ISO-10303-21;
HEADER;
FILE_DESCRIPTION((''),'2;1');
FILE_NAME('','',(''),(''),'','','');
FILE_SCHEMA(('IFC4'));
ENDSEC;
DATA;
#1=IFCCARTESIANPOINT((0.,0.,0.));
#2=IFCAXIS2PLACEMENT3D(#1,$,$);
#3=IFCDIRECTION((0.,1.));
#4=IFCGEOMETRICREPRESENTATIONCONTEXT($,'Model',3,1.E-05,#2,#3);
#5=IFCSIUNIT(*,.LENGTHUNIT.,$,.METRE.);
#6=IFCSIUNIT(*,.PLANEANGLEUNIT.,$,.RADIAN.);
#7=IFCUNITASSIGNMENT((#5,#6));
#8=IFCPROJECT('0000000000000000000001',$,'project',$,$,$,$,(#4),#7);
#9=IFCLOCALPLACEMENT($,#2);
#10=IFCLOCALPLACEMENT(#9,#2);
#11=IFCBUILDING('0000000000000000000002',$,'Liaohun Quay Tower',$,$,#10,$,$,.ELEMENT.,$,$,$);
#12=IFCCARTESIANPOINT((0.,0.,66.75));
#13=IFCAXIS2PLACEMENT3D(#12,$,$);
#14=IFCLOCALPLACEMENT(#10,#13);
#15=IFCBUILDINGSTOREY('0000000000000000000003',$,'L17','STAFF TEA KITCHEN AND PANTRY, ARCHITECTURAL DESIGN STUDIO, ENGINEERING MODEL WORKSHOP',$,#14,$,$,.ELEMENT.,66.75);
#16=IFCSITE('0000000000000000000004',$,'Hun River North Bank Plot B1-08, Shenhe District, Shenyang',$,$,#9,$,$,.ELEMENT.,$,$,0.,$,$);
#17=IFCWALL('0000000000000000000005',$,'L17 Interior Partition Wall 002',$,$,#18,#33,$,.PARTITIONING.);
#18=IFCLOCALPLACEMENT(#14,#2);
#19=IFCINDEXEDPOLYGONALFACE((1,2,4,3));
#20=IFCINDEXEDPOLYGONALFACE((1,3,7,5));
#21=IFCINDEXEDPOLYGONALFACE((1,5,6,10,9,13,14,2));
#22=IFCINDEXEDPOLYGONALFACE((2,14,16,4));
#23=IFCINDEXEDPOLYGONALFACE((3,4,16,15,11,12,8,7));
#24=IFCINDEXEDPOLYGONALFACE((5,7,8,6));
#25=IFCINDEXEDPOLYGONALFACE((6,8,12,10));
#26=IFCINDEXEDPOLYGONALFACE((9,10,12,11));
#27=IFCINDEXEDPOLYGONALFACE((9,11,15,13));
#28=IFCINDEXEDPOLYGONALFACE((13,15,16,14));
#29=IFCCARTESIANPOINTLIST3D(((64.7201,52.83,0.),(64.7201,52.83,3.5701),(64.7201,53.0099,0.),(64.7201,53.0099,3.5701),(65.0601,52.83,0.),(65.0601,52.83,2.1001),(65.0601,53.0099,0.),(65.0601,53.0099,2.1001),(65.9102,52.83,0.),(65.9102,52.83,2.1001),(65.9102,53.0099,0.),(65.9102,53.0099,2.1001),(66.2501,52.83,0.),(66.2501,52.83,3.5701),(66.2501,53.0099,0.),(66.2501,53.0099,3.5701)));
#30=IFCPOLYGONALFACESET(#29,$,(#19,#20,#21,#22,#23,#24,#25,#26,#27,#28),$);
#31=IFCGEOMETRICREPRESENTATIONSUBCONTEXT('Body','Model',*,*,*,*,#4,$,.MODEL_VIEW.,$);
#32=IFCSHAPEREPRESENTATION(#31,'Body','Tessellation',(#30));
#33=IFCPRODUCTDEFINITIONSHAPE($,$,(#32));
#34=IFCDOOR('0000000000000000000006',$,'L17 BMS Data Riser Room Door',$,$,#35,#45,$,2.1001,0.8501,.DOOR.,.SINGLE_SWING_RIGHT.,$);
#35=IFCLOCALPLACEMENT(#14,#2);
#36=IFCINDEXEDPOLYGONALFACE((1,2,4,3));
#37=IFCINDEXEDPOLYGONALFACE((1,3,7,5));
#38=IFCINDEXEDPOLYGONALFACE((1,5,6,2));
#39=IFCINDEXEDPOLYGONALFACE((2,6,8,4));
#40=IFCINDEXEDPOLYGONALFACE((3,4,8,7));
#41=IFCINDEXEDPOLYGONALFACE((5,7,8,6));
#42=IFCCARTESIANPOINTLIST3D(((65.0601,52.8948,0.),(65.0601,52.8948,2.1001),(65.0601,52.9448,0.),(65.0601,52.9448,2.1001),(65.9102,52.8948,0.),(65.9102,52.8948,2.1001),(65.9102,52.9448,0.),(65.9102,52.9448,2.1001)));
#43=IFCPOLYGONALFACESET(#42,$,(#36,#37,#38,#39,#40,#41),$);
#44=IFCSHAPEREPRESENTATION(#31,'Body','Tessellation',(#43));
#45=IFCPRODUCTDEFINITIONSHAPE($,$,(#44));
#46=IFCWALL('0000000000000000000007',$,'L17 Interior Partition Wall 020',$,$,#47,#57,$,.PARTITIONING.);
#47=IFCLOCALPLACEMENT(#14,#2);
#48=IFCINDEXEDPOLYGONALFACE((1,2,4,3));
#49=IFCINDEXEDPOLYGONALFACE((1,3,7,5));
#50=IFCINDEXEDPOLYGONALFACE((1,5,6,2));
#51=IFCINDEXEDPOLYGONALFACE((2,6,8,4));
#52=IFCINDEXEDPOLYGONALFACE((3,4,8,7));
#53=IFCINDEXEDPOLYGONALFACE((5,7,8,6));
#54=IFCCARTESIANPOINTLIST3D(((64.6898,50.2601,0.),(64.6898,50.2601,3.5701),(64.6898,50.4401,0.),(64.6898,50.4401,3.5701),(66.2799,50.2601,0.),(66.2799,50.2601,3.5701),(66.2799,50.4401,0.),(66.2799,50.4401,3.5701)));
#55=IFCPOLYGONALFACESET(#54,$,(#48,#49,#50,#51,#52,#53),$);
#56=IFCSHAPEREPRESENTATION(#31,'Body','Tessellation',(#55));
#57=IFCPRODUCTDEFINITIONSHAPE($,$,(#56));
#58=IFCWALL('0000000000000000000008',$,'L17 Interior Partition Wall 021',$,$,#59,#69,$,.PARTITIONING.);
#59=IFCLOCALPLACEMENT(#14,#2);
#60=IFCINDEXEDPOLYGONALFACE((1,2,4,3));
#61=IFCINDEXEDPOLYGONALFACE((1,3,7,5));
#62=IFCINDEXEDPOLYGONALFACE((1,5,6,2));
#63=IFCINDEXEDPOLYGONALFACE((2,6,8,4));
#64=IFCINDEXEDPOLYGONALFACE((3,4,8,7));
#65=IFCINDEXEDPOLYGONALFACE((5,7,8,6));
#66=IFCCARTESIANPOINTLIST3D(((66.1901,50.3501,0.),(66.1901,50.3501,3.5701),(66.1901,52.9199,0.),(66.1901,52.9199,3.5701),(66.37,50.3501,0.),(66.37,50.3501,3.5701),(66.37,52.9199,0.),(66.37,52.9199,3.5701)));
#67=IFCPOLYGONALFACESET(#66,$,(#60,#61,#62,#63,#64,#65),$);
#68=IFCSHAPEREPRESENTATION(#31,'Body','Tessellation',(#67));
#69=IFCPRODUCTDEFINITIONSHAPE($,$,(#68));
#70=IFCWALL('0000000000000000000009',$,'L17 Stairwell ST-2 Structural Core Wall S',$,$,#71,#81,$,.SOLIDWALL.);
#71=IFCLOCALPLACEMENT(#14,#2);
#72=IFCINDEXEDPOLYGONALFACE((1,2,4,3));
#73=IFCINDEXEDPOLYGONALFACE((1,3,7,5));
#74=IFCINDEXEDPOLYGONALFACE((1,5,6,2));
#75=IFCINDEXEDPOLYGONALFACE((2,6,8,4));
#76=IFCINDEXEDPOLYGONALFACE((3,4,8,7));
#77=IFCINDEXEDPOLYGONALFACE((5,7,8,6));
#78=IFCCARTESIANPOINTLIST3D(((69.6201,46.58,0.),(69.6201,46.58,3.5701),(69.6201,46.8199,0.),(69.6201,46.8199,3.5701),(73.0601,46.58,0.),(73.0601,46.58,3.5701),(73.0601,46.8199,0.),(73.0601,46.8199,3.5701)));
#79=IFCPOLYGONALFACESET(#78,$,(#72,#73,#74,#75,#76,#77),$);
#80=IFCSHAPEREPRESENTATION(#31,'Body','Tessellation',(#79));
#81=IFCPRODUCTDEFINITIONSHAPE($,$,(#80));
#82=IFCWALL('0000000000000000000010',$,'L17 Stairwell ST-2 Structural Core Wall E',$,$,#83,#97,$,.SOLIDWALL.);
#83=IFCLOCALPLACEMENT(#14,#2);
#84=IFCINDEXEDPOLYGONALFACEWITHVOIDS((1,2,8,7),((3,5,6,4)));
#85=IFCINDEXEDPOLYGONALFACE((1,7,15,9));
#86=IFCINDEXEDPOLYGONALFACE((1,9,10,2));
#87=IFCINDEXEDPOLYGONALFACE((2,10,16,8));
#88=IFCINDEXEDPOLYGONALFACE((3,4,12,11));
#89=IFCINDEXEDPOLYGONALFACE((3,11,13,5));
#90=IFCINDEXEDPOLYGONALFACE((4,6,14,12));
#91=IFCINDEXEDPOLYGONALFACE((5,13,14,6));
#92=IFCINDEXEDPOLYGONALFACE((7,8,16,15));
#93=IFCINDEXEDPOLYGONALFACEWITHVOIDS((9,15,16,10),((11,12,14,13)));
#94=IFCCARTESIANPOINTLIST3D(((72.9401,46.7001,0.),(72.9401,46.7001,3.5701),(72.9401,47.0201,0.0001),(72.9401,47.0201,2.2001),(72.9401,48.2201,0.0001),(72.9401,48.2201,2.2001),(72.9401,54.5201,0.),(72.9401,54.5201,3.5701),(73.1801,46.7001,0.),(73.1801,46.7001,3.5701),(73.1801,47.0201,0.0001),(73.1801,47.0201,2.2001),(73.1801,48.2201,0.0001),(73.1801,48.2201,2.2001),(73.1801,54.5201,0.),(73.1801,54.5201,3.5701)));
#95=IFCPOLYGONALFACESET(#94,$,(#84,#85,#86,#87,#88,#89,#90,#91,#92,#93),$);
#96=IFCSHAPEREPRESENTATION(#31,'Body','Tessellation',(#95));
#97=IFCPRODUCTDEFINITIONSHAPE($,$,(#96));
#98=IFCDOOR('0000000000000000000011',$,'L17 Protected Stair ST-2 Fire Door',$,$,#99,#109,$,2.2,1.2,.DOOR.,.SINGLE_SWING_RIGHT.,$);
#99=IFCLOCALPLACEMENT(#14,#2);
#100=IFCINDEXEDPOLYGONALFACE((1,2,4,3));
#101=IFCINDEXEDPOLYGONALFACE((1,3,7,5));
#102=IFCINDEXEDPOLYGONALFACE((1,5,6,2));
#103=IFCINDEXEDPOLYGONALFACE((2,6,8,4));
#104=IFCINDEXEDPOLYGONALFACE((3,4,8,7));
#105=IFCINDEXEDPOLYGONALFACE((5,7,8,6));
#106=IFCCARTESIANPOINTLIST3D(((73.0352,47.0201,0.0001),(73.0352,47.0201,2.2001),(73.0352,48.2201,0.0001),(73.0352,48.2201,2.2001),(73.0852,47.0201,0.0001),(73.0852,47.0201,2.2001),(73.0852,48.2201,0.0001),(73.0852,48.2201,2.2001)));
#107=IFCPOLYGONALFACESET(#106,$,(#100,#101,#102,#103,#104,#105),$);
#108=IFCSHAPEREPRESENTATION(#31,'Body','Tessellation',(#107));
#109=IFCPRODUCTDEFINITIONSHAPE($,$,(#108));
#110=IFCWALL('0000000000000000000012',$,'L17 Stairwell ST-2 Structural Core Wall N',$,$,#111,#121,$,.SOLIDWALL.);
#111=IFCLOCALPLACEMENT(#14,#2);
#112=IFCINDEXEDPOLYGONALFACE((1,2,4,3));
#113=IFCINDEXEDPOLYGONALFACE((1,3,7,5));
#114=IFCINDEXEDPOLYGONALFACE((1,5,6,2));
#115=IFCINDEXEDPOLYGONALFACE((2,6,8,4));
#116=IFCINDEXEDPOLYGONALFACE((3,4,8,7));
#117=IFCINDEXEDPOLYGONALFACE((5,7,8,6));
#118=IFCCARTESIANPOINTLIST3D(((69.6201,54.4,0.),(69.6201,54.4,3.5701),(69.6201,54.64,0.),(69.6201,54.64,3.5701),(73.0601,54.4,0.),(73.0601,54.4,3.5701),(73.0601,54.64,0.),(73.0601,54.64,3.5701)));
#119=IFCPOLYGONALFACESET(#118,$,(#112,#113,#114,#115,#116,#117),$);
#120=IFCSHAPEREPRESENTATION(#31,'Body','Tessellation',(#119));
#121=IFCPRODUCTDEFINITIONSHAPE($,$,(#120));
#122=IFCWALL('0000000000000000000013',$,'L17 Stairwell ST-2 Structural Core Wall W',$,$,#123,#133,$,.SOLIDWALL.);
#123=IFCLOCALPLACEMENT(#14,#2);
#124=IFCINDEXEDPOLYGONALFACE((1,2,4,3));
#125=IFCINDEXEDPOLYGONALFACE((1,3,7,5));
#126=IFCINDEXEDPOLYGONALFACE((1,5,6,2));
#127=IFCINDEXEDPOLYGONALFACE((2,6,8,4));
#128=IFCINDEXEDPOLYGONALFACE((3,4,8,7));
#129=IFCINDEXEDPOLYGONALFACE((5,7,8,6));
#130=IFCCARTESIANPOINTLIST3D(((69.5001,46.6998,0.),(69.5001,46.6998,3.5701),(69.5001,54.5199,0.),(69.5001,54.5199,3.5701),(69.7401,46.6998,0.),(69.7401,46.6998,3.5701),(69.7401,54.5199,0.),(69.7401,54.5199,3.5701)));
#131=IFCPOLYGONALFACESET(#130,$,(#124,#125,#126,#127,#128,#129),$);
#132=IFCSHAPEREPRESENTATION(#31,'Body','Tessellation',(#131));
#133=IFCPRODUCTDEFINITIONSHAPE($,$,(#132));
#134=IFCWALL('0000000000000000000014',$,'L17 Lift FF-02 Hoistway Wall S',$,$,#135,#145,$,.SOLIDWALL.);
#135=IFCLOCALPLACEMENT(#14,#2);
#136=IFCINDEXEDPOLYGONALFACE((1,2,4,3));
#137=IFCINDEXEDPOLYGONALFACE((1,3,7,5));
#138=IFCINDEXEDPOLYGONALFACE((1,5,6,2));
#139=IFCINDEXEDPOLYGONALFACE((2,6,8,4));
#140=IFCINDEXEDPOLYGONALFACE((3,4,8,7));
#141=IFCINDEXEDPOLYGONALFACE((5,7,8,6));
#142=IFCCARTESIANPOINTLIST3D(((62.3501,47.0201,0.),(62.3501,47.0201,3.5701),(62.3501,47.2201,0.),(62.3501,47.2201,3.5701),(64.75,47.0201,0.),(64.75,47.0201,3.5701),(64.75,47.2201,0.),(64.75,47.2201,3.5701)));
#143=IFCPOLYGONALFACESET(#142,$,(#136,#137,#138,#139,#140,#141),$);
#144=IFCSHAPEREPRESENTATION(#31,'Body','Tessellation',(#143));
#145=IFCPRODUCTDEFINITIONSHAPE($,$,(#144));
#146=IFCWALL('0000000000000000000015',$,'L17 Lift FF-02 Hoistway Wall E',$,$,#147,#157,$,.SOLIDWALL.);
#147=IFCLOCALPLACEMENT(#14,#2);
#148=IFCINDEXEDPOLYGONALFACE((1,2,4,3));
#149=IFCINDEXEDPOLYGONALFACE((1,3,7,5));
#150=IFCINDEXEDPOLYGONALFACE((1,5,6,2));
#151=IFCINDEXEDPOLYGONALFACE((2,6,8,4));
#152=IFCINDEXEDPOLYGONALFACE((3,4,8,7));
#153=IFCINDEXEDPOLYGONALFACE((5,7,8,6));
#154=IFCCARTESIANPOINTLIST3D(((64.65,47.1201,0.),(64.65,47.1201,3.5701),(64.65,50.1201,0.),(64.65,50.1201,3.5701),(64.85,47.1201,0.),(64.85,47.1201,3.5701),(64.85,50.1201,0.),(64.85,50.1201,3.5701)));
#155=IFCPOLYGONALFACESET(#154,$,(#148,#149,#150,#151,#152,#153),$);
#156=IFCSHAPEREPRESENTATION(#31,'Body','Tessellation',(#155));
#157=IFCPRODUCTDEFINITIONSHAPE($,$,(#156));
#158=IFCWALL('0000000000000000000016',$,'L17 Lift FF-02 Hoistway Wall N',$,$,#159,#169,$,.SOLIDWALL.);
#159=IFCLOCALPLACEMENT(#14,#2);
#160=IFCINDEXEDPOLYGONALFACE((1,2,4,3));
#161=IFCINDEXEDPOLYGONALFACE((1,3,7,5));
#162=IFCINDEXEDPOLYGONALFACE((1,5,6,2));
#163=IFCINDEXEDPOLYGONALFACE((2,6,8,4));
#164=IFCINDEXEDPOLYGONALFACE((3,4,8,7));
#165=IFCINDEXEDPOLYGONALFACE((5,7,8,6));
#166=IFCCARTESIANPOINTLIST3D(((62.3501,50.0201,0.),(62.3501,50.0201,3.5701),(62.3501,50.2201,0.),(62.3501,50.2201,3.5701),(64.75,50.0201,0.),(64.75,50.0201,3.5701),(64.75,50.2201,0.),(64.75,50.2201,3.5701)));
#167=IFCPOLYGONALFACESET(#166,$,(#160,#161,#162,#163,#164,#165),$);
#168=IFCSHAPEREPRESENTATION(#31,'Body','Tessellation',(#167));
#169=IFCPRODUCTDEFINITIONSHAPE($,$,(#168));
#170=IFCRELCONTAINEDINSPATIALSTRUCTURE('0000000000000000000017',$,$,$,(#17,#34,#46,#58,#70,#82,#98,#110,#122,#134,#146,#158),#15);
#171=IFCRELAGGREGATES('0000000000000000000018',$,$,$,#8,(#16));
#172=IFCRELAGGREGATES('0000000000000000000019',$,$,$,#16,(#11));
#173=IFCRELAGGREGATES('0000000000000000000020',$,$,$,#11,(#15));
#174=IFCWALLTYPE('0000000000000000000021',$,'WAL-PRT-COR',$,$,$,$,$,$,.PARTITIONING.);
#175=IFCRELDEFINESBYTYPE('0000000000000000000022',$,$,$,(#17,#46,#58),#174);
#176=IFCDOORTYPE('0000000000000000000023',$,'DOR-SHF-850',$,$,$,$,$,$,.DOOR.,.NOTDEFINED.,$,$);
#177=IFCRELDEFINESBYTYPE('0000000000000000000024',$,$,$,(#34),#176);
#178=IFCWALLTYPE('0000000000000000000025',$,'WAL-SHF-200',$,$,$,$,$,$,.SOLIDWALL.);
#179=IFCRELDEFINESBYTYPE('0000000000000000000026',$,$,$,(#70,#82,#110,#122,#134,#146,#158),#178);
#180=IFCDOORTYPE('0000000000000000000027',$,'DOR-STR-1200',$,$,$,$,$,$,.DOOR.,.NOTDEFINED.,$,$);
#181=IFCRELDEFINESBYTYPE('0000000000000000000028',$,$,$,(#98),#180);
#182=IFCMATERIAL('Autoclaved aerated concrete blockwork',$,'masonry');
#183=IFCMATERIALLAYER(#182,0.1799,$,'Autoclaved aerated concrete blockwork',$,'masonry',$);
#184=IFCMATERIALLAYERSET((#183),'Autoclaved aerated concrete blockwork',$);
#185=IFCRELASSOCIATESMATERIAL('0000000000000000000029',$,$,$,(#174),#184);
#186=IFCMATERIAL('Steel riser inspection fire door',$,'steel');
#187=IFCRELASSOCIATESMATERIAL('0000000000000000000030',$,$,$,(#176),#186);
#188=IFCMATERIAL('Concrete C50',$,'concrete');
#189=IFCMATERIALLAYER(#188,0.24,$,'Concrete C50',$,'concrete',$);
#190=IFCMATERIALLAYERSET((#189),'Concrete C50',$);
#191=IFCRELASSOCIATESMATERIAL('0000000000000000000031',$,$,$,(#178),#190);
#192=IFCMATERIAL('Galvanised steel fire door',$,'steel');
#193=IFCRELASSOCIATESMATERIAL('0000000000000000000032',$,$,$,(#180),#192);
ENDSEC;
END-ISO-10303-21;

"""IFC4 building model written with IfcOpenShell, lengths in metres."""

from ifc_helpers import new_model, si_unit, direction, frame, frame_2d, origin, place, context, subcontext, project, spatial, rectangle, extrude, source, transform, mapped, material, layer, layer_set, type_object, element, fill, save


model = new_model("IFC4")

# Units and contexts
model_context = context("Model", 3, precision=1e-05, world=origin(), true_north=direction((0.0, 1.0)))
body_context = subcontext(model_context, "Body", "Model", "MODEL_VIEW")
ifc_project = project(units=[si_unit("LENGTHUNIT", "METRE"), si_unit("PLANEANGLEUNIT", "RADIAN")], contexts=[model_context])

# Site, building, storey
site_placement = place(None, origin())
site = spatial("IfcSite", under=ifc_project, at=site_placement, Name="Hun River North Bank Plot B1-08, Shenhe District, Shenyang", CompositionType="ELEMENT", RefElevation=0.0)
building_placement = place(site_placement, origin())
building = spatial("IfcBuilding", under=site, at=building_placement, Name="Liaohun Quay Tower", CompositionType="ELEMENT")
storey_placement = place(building_placement, frame((0.0, 0.0, 66.75)))
storey = spatial("IfcBuildingStorey", under=building, at=storey_placement, Name="L17", Description="STAFF TEA KITCHEN AND PANTRY, ARCHITECTURAL DESIGN STUDIO, ENGINEERING MODEL WORKSHOP", CompositionType="ELEMENT", Elevation=66.75)

# Wall, opening, door
ifc_material_1 = material(Name="Autoclaved aerated concrete blockwork", Category="masonry")
ifc_layer_1 = layer(ifc_material_1, 0.1799, Name="Autoclaved aerated concrete blockwork", Category="masonry")
ifc_layer_set_1 = layer_set([ifc_layer_1], Name="Autoclaved aerated concrete blockwork")
wall_type_1 = type_object("IfcWallType", Name="WAL-PRT-COR", PredefinedType="PARTITIONING", material=ifc_layer_set_1)
wall_1_placement = place(storey_placement, frame((64.72, 52.9199, 0.0), z_axis=(0.0, 0.0, 1.0), x_axis=(1.0, 0.0, 0.0)))
wall_1 = element("IfcWall", 1, at=wall_1_placement, inside=storey, type_object=wall_type_1, Name="L17 Interior Partition Wall 002", PredefinedType="PARTITIONING", context=body_context, shape_type="SweptSolid", body=[
    extrude(rectangle(XDim=1.53, YDim=0.1799, at=frame_2d((0.7651, 0.0))), origin(), (0.0, 0.0, 1.0), 3.5701),
])
shared_shape_1 = source(origin(), body_context, "Body", "SweptSolid", [
    extrude(rectangle(XDim=0.8501, YDim=2.1001, at=frame_2d((0.425, 1.05))), frame((0.0, 0.0999, 0.0), z_axis=(0.0, -1.0, 0.0), x_axis=(1.0, 0.0, 0.0)), (0.0, 0.0, 1.0), 0.2),
])
opening_1_placement = place(wall_1_placement, frame((0.3401, 0.0, 0.0)))
opening_1 = element("IfcOpeningElement", 2, at=opening_1_placement, cuts=wall_1, PredefinedType="OPENING", context=body_context, shape_type="MappedRepresentation", body=[
    mapped(shared_shape_1, transform((0.0, 0.0, 0.0), x_axis=(1.0, 0.0, 0.0), y_axis=(0.0, 1.0, 0.0), z_axis=(0.0, 0.0, 1.0), scale=1.0)),
])
ifc_material_2 = material(Name="Steel riser inspection fire door", Category="steel")
door_type_1 = type_object("IfcDoorType", Name="DOR-SHF-850", OperationType="NOTDEFINED", PredefinedType="DOOR", material=ifc_material_2)
shared_shape_2 = source(origin(), body_context, "Body", "SweptSolid", [
    extrude(rectangle(XDim=0.8501, YDim=2.1001, at=frame_2d((0.425, 1.05))), frame((0.0, 0.0249, 0.0), z_axis=(0.0, -1.0, 0.0), x_axis=(1.0, 0.0, 0.0)), (0.0, 0.0, 1.0), 0.05),
])
door_1_placement = place(opening_1_placement, origin())
door_1 = element("IfcDoor", 3, at=door_1_placement, inside=storey, type_object=door_type_1, Name="L17 BMS Data Riser Room Door", OperationType="SINGLE_SWING_RIGHT", OverallHeight=2.1001, OverallWidth=0.8501, PredefinedType="DOOR", context=body_context, shape_type="MappedRepresentation", body=[
    mapped(shared_shape_2, transform((0.0, 0.0, 0.0), x_axis=(1.0, 0.0, 0.0), y_axis=(0.0, 1.0, 0.0), z_axis=(0.0, 0.0, 1.0), scale=1.0)),
])
fill(opening_1, door_1)

# Walls
wall_2_placement = place(storey_placement, frame((64.6899, 50.3501, 0.0), z_axis=(0.0, 0.0, 1.0), x_axis=(1.0, 0.0, 0.0)))
element("IfcWall", 4, at=wall_2_placement, inside=storey, type_object=wall_type_1, Name="L17 Interior Partition Wall 020", PredefinedType="PARTITIONING", context=body_context, shape_type="SweptSolid", body=[
    extrude(rectangle(XDim=1.5901, YDim=0.1799, at=frame_2d((0.7949, 0.0))), origin(), (0.0, 0.0, 1.0), 3.5701),
])
wall_3_placement = place(storey_placement, frame((66.28, 50.3501, 0.0), z_axis=(0.0, 0.0, 1.0), x_axis=(0.0, 1.0, 0.0)))
element("IfcWall", 5, at=wall_3_placement, inside=storey, type_object=wall_type_1, Name="L17 Interior Partition Wall 021", PredefinedType="PARTITIONING", context=body_context, shape_type="SweptSolid", body=[
    extrude(rectangle(XDim=2.5698, YDim=0.1799, at=frame_2d((1.2849, 0.0))), origin(), (0.0, 0.0, 1.0), 3.5701),
])
ifc_material_3 = material(Name="Concrete C50", Category="concrete")
ifc_layer_2 = layer(ifc_material_3, 0.24, Name="Concrete C50", Category="concrete")
ifc_layer_set_2 = layer_set([ifc_layer_2], Name="Concrete C50")
wall_type_2 = type_object("IfcWallType", Name="WAL-SHF-200", PredefinedType="SOLIDWALL", material=ifc_layer_set_2)
wall_4_placement = place(storey_placement, frame((69.6201, 46.7, 0.0), z_axis=(0.0, 0.0, 1.0), x_axis=(1.0, 0.0, 0.0)))
element("IfcWall", 6, at=wall_4_placement, inside=storey, type_object=wall_type_2, Name="L17 Stairwell ST-2 Structural Core Wall S", PredefinedType="SOLIDWALL", context=body_context, shape_type="SweptSolid", body=[
    extrude(rectangle(XDim=3.4399, YDim=0.24, at=frame_2d((1.72, 0.0))), origin(), (0.0, 0.0, 1.0), 3.5701),
])

# Wall, opening, door
wall_5_placement = place(storey_placement, frame((73.0601, 46.7, 0.0), z_axis=(0.0, 0.0, 1.0), x_axis=(0.0, 1.0, 0.0)))
wall_5 = element("IfcWall", 7, at=wall_5_placement, inside=storey, type_object=wall_type_2, Name="L17 Stairwell ST-2 Structural Core Wall E", PredefinedType="SOLIDWALL", context=body_context, shape_type="SweptSolid", body=[
    extrude(rectangle(XDim=7.8201, YDim=0.24, at=frame_2d((3.9102, 0.0))), origin(), (0.0, 0.0, 1.0), 3.5701),
])
shared_shape_3 = source(origin(), body_context, "Body", "SweptSolid", [
    extrude(rectangle(XDim=1.2, YDim=2.2, at=frame_2d((0.6001, 1.1001))), frame((0.0, 0.1299, 0.0), z_axis=(0.0, -1.0, 0.0), x_axis=(1.0, 0.0, 0.0)), (0.0, 0.0, 1.0), 0.26),
])
opening_2_placement = place(wall_5_placement, frame((0.3201, 0.0, 0.0)))
opening_2 = element("IfcOpeningElement", 8, at=opening_2_placement, cuts=wall_5, PredefinedType="OPENING", context=body_context, shape_type="MappedRepresentation", body=[
    mapped(shared_shape_3, transform((0.0, 0.0, 0.0), x_axis=(1.0, 0.0, 0.0), y_axis=(0.0, 1.0, 0.0), z_axis=(0.0, 0.0, 1.0), scale=1.0)),
])
ifc_material_4 = material(Name="Galvanised steel fire door", Category="steel")
door_type_2 = type_object("IfcDoorType", Name="DOR-STR-1200", OperationType="NOTDEFINED", PredefinedType="DOOR", material=ifc_material_4)
shared_shape_4 = source(origin(), body_context, "Body", "SweptSolid", [
    extrude(rectangle(XDim=1.2, YDim=2.2, at=frame_2d((0.6001, 1.1001))), frame((0.0, 0.0249, 0.0), z_axis=(0.0, -1.0, 0.0), x_axis=(1.0, 0.0, 0.0)), (0.0, 0.0, 1.0), 0.05),
])
door_2_placement = place(opening_2_placement, origin())
door_2 = element("IfcDoor", 9, at=door_2_placement, inside=storey, type_object=door_type_2, Name="L17 Protected Stair ST-2 Fire Door", OperationType="SINGLE_SWING_RIGHT", OverallHeight=2.2, OverallWidth=1.2, PredefinedType="DOOR", context=body_context, shape_type="MappedRepresentation", body=[
    mapped(shared_shape_4, transform((0.0, 0.0, 0.0), x_axis=(1.0, 0.0, 0.0), y_axis=(0.0, 1.0, 0.0), z_axis=(0.0, 0.0, 1.0), scale=1.0)),
])
fill(opening_2, door_2)

# Walls
wall_6_placement = place(storey_placement, frame((73.0601, 54.52, 0.0), z_axis=(0.0, 0.0, 1.0), x_axis=(-1.0, 0.0, 0.0)))
element("IfcWall", 10, at=wall_6_placement, inside=storey, type_object=wall_type_2, Name="L17 Stairwell ST-2 Structural Core Wall N", PredefinedType="SOLIDWALL", context=body_context, shape_type="SweptSolid", body=[
    extrude(rectangle(XDim=3.4399, YDim=0.24, at=frame_2d((1.72, 0.0))), origin(), (0.0, 0.0, 1.0), 3.5701),
])
wall_7_placement = place(storey_placement, frame((69.6201, 54.52, 0.0), z_axis=(0.0, 0.0, 1.0), x_axis=(0.0, -1.0, 0.0)))
element("IfcWall", 11, at=wall_7_placement, inside=storey, type_object=wall_type_2, Name="L17 Stairwell ST-2 Structural Core Wall W", PredefinedType="SOLIDWALL", context=body_context, shape_type="SweptSolid", body=[
    extrude(rectangle(XDim=7.8201, YDim=0.24, at=frame_2d((3.9102, 0.0))), origin(), (0.0, 0.0, 1.0), 3.5701),
])
wall_8_placement = place(storey_placement, frame((62.3501, 47.1201, 0.0), z_axis=(0.0, 0.0, 1.0), x_axis=(1.0, 0.0, 0.0)))
element("IfcWall", 12, at=wall_8_placement, inside=storey, type_object=wall_type_2, Name="L17 Lift FF-02 Hoistway Wall S", PredefinedType="SOLIDWALL", context=body_context, shape_type="SweptSolid", body=[
    extrude(rectangle(XDim=2.3999, YDim=0.2, at=frame_2d((1.2, 0.0))), origin(), (0.0, 0.0, 1.0), 3.5701),
])
wall_9_placement = place(storey_placement, frame((64.75, 47.1201, 0.0), z_axis=(0.0, 0.0, 1.0), x_axis=(0.0, 1.0, 0.0)))
element("IfcWall", 13, at=wall_9_placement, inside=storey, type_object=wall_type_2, Name="L17 Lift FF-02 Hoistway Wall E", PredefinedType="SOLIDWALL", context=body_context, shape_type="SweptSolid", body=[
    extrude(rectangle(XDim=3.0, YDim=0.2, at=frame_2d((1.5, 0.0))), origin(), (0.0, 0.0, 1.0), 3.5701),
])
wall_10_placement = place(storey_placement, frame((64.75, 50.1201, 0.0), z_axis=(0.0, 0.0, 1.0), x_axis=(-1.0, 0.0, 0.0)))
element("IfcWall", 14, at=wall_10_placement, inside=storey, type_object=wall_type_2, Name="L17 Lift FF-02 Hoistway Wall N", PredefinedType="SOLIDWALL", context=body_context, shape_type="SweptSolid", body=[
    extrude(rectangle(XDim=2.3999, YDim=0.2, at=frame_2d((1.2, 0.0))), origin(), (0.0, 0.0, 1.0), 3.5701),
])

save(model, "model.ifc")
